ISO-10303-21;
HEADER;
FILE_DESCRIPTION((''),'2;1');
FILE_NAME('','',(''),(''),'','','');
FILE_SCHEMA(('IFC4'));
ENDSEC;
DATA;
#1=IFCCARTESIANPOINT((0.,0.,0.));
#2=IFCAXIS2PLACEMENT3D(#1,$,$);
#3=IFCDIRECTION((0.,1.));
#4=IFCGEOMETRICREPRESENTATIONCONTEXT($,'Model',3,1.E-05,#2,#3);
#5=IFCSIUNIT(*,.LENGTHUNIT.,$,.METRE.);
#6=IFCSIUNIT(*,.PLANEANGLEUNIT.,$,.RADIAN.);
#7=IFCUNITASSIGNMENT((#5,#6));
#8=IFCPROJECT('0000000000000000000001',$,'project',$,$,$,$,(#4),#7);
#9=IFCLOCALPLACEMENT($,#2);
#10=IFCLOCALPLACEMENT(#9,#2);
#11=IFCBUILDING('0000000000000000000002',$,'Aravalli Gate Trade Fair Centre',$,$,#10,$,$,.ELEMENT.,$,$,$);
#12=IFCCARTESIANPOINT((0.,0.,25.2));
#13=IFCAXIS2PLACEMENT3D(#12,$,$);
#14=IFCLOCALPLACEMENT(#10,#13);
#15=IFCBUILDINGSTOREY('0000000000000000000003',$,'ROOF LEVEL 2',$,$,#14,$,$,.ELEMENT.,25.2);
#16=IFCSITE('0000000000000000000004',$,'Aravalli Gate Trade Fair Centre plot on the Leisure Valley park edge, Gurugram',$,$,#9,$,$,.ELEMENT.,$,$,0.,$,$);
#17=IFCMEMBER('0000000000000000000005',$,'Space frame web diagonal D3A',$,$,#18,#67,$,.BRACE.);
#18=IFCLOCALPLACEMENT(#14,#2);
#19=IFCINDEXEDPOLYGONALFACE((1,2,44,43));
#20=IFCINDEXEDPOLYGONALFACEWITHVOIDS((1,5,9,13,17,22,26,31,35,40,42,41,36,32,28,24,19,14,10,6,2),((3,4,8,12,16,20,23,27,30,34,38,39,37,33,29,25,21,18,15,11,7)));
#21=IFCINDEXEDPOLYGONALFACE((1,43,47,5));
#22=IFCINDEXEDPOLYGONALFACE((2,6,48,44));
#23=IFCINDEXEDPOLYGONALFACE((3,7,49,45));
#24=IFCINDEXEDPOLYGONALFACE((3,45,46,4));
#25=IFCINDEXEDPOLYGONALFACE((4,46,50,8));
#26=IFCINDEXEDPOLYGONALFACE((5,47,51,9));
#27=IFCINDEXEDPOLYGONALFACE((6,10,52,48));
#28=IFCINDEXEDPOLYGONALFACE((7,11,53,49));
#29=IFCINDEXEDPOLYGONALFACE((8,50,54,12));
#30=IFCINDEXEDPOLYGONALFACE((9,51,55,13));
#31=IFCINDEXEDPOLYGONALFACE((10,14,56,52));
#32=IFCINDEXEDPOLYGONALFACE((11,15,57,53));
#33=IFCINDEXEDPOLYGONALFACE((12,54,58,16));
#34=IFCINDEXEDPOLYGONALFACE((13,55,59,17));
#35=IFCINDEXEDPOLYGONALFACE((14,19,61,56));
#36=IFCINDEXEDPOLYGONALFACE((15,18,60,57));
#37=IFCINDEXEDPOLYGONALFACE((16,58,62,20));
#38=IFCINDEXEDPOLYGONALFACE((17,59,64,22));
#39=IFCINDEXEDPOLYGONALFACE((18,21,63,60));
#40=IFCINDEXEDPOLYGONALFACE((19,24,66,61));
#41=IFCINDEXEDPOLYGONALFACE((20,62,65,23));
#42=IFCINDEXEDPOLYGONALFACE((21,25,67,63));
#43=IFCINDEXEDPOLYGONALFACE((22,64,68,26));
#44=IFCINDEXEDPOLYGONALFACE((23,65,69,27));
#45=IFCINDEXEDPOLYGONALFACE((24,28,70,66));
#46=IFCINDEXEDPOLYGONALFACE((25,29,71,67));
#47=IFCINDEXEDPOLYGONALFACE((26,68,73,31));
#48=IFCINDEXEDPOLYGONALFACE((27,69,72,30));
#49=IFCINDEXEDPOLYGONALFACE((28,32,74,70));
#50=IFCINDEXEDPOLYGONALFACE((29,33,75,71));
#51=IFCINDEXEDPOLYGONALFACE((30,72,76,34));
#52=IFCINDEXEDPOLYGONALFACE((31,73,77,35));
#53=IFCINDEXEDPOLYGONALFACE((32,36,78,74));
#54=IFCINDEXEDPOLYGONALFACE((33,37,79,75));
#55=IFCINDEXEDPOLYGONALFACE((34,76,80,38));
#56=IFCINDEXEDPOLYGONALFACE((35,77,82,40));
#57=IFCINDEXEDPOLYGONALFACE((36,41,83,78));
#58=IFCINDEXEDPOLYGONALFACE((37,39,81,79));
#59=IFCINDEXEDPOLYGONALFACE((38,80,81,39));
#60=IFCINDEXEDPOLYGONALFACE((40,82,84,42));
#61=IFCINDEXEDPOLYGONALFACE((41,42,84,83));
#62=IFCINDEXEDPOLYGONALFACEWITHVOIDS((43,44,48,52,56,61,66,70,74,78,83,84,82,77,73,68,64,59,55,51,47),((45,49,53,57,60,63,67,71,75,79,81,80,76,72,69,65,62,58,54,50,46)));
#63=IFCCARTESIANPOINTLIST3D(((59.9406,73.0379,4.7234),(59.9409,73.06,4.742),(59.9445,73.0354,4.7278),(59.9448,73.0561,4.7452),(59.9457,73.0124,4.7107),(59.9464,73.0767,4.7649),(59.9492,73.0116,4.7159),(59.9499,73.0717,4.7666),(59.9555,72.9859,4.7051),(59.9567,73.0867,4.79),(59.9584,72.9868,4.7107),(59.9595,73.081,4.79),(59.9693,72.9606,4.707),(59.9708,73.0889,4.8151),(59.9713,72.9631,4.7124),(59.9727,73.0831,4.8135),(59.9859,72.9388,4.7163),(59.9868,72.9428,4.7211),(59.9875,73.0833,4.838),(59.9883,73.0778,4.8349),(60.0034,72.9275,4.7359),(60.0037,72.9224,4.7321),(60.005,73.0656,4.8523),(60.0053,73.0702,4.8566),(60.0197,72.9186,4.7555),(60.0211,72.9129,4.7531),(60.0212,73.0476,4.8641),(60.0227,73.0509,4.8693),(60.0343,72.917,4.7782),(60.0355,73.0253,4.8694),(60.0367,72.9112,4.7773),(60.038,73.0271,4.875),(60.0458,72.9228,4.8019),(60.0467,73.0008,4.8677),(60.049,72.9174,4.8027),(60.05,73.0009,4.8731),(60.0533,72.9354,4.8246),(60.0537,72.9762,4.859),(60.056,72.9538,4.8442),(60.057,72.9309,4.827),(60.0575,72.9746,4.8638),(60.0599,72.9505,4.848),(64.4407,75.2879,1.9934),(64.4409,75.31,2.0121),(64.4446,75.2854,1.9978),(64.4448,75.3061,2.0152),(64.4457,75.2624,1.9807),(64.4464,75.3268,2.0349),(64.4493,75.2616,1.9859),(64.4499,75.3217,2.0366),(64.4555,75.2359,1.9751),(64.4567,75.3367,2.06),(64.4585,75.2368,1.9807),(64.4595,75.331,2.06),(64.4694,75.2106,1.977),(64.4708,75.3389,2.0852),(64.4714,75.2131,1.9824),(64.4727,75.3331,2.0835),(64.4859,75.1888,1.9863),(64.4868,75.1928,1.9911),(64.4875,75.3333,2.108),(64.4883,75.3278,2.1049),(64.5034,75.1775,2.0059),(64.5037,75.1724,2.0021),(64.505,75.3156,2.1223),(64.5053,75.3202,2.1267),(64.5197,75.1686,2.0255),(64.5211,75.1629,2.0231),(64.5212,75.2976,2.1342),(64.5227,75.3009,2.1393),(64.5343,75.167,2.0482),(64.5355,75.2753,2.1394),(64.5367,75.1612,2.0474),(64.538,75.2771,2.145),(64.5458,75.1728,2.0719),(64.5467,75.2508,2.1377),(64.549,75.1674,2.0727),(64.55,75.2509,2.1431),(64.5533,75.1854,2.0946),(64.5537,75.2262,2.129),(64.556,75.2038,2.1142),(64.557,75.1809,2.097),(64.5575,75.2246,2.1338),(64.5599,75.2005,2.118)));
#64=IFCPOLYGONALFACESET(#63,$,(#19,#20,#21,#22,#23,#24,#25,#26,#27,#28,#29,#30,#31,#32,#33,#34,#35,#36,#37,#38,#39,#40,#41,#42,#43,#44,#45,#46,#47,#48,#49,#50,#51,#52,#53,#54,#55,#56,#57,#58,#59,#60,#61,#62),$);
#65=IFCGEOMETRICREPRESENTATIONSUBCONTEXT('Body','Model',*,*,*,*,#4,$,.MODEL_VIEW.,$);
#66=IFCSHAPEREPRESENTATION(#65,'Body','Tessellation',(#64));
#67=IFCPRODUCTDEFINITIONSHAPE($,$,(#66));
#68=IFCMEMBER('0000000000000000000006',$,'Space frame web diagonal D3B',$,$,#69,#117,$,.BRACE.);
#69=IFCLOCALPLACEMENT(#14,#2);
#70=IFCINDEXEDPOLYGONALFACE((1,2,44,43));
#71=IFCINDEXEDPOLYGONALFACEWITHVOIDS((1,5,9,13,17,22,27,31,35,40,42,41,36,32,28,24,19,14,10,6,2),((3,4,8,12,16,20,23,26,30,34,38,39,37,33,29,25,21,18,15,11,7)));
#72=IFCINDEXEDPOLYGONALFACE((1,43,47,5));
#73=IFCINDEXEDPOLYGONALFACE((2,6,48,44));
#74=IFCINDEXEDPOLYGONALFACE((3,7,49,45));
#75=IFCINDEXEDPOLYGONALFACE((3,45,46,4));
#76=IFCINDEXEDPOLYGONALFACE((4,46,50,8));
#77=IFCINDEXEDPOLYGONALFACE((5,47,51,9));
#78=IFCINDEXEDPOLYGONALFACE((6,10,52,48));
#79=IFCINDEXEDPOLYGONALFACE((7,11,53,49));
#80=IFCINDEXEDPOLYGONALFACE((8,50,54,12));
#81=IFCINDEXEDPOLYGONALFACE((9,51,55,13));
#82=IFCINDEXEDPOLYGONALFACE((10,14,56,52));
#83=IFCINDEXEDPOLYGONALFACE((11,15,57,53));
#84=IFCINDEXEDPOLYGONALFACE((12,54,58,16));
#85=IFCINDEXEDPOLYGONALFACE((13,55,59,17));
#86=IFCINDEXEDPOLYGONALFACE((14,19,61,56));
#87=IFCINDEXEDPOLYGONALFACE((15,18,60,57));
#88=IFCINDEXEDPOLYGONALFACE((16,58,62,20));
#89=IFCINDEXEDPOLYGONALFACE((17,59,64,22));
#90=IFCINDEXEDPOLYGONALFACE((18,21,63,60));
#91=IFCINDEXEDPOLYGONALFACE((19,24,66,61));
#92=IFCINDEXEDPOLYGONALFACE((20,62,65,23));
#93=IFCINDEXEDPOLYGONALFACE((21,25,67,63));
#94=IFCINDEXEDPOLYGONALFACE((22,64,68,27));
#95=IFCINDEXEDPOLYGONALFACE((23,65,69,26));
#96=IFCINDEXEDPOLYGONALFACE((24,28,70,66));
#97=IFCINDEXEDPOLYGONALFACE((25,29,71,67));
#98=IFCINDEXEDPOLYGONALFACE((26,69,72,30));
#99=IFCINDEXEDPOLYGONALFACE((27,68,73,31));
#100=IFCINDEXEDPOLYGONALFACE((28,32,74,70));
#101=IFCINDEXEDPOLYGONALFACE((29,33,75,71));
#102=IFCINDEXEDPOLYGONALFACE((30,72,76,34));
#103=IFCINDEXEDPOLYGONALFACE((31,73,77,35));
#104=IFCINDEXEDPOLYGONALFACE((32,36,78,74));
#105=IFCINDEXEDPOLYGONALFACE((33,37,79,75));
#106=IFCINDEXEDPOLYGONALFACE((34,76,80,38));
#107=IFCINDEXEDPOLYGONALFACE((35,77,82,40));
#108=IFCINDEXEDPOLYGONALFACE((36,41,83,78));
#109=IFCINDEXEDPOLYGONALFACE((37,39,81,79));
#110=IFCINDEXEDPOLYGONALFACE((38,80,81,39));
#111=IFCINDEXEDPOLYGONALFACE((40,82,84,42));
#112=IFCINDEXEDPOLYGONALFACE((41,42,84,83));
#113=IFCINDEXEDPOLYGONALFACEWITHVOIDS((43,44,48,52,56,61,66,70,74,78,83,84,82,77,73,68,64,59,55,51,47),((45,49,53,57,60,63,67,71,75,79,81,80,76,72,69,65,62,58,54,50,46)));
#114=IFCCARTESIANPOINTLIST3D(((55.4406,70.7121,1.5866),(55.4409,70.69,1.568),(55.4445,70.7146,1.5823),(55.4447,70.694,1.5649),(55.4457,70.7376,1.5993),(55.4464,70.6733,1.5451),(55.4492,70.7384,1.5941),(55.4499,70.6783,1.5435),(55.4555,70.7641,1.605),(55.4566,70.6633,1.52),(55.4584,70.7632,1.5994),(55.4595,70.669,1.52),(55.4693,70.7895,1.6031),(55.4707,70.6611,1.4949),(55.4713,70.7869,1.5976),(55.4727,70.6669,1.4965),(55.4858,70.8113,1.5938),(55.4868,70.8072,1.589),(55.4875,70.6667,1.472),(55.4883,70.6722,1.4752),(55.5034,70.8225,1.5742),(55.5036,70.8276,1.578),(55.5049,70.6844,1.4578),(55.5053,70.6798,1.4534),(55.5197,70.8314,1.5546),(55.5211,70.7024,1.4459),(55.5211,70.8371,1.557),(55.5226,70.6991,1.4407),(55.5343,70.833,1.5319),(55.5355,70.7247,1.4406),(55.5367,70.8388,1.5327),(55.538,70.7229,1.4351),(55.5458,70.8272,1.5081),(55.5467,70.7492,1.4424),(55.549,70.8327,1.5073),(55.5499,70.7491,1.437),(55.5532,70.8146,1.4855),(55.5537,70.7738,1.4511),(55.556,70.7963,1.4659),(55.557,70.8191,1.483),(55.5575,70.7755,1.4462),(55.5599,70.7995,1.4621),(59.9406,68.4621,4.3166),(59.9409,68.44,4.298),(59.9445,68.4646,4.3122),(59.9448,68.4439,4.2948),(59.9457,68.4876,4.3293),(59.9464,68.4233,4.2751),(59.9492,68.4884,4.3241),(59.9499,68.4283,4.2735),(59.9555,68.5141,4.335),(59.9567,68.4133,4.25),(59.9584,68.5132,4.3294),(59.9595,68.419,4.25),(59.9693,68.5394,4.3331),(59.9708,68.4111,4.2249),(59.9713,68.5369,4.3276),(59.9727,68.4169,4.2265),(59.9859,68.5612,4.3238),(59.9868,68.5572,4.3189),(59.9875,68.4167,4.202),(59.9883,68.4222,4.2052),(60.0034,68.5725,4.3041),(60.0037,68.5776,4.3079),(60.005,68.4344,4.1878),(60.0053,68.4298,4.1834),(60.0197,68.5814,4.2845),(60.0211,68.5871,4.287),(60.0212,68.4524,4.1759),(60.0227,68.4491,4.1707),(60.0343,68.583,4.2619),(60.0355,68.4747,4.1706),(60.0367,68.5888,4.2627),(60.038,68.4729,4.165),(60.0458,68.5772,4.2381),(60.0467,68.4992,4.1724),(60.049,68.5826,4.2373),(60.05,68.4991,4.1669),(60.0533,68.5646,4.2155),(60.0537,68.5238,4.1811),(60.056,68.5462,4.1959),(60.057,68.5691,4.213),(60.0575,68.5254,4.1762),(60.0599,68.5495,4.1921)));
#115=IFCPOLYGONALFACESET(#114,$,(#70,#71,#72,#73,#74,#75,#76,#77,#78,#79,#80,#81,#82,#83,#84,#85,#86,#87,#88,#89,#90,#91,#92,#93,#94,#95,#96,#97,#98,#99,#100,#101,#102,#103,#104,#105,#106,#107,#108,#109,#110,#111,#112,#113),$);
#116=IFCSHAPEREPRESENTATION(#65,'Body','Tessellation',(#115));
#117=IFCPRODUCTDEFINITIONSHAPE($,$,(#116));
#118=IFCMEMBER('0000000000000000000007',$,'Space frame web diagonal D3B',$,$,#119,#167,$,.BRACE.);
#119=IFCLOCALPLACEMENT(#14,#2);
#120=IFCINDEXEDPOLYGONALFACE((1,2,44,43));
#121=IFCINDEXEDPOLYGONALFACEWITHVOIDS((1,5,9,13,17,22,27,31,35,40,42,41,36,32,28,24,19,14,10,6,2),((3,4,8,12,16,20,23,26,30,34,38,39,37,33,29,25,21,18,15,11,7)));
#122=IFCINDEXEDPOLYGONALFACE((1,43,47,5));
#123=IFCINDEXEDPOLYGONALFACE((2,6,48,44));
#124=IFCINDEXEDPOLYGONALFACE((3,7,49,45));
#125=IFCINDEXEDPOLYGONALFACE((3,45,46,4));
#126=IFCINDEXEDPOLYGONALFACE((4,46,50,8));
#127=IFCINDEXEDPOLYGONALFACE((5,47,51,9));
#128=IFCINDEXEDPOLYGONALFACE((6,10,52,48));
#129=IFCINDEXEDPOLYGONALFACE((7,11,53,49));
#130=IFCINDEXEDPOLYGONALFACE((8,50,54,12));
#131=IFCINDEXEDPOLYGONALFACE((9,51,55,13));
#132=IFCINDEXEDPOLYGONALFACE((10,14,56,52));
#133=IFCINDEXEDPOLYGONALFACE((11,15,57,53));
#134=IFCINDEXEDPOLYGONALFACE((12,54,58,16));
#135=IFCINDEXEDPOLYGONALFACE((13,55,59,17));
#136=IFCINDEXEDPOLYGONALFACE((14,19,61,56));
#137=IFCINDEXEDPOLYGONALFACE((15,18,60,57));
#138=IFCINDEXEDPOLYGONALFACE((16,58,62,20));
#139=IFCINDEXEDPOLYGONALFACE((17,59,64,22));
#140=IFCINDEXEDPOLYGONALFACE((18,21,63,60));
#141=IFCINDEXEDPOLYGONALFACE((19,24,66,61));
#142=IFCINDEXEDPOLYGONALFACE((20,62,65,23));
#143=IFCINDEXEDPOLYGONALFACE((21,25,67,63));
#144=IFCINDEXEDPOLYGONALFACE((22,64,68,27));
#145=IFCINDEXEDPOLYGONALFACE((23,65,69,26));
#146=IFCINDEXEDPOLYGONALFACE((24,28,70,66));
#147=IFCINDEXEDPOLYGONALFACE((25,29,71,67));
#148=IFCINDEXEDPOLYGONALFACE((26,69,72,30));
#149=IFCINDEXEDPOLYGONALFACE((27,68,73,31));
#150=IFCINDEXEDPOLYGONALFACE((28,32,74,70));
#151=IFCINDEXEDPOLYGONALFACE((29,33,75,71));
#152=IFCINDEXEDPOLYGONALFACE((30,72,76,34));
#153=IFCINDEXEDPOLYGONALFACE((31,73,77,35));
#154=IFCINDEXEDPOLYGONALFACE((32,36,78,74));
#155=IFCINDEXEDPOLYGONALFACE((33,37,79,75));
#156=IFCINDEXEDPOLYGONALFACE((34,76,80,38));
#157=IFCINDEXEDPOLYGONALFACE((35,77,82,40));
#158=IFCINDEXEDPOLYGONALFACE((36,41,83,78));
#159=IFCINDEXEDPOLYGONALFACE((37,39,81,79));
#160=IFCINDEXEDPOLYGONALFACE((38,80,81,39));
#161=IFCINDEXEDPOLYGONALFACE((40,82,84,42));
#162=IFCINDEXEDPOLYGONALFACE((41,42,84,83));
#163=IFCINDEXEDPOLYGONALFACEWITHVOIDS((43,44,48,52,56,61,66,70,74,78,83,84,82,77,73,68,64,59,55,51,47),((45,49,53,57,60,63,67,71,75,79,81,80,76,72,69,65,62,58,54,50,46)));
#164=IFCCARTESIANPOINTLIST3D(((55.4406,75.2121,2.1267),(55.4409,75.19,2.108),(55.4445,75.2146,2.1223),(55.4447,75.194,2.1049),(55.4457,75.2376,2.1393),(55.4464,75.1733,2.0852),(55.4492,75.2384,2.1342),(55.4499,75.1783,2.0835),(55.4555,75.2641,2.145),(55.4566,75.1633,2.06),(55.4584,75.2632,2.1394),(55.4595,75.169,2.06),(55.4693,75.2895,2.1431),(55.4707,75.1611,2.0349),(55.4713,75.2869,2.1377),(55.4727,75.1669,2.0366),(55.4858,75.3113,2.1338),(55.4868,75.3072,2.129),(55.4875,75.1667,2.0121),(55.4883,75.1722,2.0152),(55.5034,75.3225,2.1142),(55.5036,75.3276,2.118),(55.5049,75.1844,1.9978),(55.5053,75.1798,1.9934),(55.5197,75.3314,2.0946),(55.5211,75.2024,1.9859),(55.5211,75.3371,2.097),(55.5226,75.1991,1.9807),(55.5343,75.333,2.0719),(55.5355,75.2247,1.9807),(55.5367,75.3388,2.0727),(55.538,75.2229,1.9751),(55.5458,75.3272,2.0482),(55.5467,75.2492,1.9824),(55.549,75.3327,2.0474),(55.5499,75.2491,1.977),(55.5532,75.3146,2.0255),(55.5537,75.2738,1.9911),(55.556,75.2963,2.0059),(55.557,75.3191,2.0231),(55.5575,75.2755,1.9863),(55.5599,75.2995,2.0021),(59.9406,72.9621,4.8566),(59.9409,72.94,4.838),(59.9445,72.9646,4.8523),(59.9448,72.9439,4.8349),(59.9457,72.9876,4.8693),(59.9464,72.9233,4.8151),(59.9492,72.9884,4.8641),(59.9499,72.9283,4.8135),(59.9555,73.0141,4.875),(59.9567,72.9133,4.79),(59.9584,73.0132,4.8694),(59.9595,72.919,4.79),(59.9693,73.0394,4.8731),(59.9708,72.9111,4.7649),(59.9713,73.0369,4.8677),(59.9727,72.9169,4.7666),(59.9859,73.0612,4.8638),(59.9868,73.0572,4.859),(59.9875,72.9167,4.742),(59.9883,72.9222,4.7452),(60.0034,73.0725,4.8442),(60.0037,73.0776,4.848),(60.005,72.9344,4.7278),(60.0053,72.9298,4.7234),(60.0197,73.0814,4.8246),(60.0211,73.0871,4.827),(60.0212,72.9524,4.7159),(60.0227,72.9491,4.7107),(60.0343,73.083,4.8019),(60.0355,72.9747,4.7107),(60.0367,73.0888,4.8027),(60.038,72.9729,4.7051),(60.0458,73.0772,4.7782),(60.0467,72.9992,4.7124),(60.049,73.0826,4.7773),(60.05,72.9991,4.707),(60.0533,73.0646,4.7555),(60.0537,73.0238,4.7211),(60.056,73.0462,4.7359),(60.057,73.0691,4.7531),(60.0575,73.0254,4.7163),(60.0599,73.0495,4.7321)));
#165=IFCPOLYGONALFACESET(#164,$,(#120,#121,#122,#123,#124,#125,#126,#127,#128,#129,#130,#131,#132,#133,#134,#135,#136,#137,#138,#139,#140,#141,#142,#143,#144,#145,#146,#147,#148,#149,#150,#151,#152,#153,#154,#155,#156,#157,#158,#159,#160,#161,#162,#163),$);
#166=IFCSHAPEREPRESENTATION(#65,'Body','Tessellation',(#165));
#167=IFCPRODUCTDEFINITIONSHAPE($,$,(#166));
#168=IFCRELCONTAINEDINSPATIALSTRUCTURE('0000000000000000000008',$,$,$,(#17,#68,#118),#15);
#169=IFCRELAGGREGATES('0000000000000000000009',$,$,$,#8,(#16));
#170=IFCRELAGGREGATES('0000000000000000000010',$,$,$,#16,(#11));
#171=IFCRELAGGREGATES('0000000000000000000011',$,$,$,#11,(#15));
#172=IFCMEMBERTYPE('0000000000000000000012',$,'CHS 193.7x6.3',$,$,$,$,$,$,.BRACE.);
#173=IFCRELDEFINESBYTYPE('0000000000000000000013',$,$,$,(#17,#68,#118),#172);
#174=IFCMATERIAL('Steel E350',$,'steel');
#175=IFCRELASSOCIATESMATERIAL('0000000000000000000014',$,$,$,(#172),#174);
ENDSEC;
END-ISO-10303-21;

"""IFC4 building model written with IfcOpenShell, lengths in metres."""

from ifc_helpers import new_model, si_unit, direction, frame, origin, origin_2d, place, context, subcontext, project, spatial, hollow_circle, extrude, material, material_profile, profile_set, type_object, element, save


model = new_model("IFC4")

# Units and contexts
model_context = context("Model", 3, precision=1e-05, world=origin(), true_north=direction((0.0, 1.0)))
body_context = subcontext(model_context, "Body", "Model", "MODEL_VIEW")
ifc_project = project(units=[si_unit("LENGTHUNIT", "METRE"), si_unit("PLANEANGLEUNIT", "RADIAN")], contexts=[model_context])

# Site, building, storey
site_placement = place(None, origin())
site = spatial("IfcSite", under=ifc_project, at=site_placement, Name="Aravalli Gate Trade Fair Centre plot on the Leisure Valley park edge, Gurugram", CompositionType="ELEMENT", RefElevation=0.0)
building_placement = place(site_placement, origin())
building = spatial("IfcBuilding", under=site, at=building_placement, Name="Aravalli Gate Trade Fair Centre", CompositionType="ELEMENT")
storey_placement = place(building_placement, frame((0.0, 0.0, 25.2)))
storey = spatial("IfcBuildingStorey", under=building, at=storey_placement, Name="ROOF LEVEL 2", CompositionType="ELEMENT", Elevation=25.2)

# Members
ifc_material_1 = material(Name="Steel E350", Category="steel")
ifc_material_profile_1 = material_profile(ifc_material_1, hollow_circle(Radius=0.0969, WallThickness=0.0063, at=origin_2d()), Name="CHS 193.7x6.3")
ifc_profile_set_1 = profile_set([ifc_material_profile_1], Name="Steel E350")
member_type_1 = type_object("IfcMemberType", Name="CHS 193.7x6.3", PredefinedType="BRACE", material=ifc_profile_set_1)
for number, where, z_axis, x_axis, name in (
    (1, (60.0, 73.0, 4.79), (0.78615, 0.393075, -0.476928), (-0.447214, 0.894427, 0.0), "Space frame web diagonal D3A"),
    (2, (60.0, 68.5, 4.25), (-0.78615, 0.393075, -0.476928), (-0.447214, -0.894427, 0.0), "Space frame web diagonal D3B"),
    (3, (60.0, 73.0, 4.79), (-0.78615, 0.393075, -0.476928), (-0.447214, -0.894427, 0.0), "Space frame web diagonal D3B"),
):
    element("IfcMember", number, at=place(storey_placement, frame(where, z_axis=z_axis, x_axis=x_axis)), inside=storey, type_object=member_type_1, Name=name, PredefinedType="BRACE", context=body_context, shape_type="SweptSolid", body=[
        extrude(hollow_circle(Radius=0.0969, WallThickness=0.0063, at=origin_2d()), origin(), (0.0, 0.0, 1.0), 5.7241),
    ])

save(model, "model.ifc")
